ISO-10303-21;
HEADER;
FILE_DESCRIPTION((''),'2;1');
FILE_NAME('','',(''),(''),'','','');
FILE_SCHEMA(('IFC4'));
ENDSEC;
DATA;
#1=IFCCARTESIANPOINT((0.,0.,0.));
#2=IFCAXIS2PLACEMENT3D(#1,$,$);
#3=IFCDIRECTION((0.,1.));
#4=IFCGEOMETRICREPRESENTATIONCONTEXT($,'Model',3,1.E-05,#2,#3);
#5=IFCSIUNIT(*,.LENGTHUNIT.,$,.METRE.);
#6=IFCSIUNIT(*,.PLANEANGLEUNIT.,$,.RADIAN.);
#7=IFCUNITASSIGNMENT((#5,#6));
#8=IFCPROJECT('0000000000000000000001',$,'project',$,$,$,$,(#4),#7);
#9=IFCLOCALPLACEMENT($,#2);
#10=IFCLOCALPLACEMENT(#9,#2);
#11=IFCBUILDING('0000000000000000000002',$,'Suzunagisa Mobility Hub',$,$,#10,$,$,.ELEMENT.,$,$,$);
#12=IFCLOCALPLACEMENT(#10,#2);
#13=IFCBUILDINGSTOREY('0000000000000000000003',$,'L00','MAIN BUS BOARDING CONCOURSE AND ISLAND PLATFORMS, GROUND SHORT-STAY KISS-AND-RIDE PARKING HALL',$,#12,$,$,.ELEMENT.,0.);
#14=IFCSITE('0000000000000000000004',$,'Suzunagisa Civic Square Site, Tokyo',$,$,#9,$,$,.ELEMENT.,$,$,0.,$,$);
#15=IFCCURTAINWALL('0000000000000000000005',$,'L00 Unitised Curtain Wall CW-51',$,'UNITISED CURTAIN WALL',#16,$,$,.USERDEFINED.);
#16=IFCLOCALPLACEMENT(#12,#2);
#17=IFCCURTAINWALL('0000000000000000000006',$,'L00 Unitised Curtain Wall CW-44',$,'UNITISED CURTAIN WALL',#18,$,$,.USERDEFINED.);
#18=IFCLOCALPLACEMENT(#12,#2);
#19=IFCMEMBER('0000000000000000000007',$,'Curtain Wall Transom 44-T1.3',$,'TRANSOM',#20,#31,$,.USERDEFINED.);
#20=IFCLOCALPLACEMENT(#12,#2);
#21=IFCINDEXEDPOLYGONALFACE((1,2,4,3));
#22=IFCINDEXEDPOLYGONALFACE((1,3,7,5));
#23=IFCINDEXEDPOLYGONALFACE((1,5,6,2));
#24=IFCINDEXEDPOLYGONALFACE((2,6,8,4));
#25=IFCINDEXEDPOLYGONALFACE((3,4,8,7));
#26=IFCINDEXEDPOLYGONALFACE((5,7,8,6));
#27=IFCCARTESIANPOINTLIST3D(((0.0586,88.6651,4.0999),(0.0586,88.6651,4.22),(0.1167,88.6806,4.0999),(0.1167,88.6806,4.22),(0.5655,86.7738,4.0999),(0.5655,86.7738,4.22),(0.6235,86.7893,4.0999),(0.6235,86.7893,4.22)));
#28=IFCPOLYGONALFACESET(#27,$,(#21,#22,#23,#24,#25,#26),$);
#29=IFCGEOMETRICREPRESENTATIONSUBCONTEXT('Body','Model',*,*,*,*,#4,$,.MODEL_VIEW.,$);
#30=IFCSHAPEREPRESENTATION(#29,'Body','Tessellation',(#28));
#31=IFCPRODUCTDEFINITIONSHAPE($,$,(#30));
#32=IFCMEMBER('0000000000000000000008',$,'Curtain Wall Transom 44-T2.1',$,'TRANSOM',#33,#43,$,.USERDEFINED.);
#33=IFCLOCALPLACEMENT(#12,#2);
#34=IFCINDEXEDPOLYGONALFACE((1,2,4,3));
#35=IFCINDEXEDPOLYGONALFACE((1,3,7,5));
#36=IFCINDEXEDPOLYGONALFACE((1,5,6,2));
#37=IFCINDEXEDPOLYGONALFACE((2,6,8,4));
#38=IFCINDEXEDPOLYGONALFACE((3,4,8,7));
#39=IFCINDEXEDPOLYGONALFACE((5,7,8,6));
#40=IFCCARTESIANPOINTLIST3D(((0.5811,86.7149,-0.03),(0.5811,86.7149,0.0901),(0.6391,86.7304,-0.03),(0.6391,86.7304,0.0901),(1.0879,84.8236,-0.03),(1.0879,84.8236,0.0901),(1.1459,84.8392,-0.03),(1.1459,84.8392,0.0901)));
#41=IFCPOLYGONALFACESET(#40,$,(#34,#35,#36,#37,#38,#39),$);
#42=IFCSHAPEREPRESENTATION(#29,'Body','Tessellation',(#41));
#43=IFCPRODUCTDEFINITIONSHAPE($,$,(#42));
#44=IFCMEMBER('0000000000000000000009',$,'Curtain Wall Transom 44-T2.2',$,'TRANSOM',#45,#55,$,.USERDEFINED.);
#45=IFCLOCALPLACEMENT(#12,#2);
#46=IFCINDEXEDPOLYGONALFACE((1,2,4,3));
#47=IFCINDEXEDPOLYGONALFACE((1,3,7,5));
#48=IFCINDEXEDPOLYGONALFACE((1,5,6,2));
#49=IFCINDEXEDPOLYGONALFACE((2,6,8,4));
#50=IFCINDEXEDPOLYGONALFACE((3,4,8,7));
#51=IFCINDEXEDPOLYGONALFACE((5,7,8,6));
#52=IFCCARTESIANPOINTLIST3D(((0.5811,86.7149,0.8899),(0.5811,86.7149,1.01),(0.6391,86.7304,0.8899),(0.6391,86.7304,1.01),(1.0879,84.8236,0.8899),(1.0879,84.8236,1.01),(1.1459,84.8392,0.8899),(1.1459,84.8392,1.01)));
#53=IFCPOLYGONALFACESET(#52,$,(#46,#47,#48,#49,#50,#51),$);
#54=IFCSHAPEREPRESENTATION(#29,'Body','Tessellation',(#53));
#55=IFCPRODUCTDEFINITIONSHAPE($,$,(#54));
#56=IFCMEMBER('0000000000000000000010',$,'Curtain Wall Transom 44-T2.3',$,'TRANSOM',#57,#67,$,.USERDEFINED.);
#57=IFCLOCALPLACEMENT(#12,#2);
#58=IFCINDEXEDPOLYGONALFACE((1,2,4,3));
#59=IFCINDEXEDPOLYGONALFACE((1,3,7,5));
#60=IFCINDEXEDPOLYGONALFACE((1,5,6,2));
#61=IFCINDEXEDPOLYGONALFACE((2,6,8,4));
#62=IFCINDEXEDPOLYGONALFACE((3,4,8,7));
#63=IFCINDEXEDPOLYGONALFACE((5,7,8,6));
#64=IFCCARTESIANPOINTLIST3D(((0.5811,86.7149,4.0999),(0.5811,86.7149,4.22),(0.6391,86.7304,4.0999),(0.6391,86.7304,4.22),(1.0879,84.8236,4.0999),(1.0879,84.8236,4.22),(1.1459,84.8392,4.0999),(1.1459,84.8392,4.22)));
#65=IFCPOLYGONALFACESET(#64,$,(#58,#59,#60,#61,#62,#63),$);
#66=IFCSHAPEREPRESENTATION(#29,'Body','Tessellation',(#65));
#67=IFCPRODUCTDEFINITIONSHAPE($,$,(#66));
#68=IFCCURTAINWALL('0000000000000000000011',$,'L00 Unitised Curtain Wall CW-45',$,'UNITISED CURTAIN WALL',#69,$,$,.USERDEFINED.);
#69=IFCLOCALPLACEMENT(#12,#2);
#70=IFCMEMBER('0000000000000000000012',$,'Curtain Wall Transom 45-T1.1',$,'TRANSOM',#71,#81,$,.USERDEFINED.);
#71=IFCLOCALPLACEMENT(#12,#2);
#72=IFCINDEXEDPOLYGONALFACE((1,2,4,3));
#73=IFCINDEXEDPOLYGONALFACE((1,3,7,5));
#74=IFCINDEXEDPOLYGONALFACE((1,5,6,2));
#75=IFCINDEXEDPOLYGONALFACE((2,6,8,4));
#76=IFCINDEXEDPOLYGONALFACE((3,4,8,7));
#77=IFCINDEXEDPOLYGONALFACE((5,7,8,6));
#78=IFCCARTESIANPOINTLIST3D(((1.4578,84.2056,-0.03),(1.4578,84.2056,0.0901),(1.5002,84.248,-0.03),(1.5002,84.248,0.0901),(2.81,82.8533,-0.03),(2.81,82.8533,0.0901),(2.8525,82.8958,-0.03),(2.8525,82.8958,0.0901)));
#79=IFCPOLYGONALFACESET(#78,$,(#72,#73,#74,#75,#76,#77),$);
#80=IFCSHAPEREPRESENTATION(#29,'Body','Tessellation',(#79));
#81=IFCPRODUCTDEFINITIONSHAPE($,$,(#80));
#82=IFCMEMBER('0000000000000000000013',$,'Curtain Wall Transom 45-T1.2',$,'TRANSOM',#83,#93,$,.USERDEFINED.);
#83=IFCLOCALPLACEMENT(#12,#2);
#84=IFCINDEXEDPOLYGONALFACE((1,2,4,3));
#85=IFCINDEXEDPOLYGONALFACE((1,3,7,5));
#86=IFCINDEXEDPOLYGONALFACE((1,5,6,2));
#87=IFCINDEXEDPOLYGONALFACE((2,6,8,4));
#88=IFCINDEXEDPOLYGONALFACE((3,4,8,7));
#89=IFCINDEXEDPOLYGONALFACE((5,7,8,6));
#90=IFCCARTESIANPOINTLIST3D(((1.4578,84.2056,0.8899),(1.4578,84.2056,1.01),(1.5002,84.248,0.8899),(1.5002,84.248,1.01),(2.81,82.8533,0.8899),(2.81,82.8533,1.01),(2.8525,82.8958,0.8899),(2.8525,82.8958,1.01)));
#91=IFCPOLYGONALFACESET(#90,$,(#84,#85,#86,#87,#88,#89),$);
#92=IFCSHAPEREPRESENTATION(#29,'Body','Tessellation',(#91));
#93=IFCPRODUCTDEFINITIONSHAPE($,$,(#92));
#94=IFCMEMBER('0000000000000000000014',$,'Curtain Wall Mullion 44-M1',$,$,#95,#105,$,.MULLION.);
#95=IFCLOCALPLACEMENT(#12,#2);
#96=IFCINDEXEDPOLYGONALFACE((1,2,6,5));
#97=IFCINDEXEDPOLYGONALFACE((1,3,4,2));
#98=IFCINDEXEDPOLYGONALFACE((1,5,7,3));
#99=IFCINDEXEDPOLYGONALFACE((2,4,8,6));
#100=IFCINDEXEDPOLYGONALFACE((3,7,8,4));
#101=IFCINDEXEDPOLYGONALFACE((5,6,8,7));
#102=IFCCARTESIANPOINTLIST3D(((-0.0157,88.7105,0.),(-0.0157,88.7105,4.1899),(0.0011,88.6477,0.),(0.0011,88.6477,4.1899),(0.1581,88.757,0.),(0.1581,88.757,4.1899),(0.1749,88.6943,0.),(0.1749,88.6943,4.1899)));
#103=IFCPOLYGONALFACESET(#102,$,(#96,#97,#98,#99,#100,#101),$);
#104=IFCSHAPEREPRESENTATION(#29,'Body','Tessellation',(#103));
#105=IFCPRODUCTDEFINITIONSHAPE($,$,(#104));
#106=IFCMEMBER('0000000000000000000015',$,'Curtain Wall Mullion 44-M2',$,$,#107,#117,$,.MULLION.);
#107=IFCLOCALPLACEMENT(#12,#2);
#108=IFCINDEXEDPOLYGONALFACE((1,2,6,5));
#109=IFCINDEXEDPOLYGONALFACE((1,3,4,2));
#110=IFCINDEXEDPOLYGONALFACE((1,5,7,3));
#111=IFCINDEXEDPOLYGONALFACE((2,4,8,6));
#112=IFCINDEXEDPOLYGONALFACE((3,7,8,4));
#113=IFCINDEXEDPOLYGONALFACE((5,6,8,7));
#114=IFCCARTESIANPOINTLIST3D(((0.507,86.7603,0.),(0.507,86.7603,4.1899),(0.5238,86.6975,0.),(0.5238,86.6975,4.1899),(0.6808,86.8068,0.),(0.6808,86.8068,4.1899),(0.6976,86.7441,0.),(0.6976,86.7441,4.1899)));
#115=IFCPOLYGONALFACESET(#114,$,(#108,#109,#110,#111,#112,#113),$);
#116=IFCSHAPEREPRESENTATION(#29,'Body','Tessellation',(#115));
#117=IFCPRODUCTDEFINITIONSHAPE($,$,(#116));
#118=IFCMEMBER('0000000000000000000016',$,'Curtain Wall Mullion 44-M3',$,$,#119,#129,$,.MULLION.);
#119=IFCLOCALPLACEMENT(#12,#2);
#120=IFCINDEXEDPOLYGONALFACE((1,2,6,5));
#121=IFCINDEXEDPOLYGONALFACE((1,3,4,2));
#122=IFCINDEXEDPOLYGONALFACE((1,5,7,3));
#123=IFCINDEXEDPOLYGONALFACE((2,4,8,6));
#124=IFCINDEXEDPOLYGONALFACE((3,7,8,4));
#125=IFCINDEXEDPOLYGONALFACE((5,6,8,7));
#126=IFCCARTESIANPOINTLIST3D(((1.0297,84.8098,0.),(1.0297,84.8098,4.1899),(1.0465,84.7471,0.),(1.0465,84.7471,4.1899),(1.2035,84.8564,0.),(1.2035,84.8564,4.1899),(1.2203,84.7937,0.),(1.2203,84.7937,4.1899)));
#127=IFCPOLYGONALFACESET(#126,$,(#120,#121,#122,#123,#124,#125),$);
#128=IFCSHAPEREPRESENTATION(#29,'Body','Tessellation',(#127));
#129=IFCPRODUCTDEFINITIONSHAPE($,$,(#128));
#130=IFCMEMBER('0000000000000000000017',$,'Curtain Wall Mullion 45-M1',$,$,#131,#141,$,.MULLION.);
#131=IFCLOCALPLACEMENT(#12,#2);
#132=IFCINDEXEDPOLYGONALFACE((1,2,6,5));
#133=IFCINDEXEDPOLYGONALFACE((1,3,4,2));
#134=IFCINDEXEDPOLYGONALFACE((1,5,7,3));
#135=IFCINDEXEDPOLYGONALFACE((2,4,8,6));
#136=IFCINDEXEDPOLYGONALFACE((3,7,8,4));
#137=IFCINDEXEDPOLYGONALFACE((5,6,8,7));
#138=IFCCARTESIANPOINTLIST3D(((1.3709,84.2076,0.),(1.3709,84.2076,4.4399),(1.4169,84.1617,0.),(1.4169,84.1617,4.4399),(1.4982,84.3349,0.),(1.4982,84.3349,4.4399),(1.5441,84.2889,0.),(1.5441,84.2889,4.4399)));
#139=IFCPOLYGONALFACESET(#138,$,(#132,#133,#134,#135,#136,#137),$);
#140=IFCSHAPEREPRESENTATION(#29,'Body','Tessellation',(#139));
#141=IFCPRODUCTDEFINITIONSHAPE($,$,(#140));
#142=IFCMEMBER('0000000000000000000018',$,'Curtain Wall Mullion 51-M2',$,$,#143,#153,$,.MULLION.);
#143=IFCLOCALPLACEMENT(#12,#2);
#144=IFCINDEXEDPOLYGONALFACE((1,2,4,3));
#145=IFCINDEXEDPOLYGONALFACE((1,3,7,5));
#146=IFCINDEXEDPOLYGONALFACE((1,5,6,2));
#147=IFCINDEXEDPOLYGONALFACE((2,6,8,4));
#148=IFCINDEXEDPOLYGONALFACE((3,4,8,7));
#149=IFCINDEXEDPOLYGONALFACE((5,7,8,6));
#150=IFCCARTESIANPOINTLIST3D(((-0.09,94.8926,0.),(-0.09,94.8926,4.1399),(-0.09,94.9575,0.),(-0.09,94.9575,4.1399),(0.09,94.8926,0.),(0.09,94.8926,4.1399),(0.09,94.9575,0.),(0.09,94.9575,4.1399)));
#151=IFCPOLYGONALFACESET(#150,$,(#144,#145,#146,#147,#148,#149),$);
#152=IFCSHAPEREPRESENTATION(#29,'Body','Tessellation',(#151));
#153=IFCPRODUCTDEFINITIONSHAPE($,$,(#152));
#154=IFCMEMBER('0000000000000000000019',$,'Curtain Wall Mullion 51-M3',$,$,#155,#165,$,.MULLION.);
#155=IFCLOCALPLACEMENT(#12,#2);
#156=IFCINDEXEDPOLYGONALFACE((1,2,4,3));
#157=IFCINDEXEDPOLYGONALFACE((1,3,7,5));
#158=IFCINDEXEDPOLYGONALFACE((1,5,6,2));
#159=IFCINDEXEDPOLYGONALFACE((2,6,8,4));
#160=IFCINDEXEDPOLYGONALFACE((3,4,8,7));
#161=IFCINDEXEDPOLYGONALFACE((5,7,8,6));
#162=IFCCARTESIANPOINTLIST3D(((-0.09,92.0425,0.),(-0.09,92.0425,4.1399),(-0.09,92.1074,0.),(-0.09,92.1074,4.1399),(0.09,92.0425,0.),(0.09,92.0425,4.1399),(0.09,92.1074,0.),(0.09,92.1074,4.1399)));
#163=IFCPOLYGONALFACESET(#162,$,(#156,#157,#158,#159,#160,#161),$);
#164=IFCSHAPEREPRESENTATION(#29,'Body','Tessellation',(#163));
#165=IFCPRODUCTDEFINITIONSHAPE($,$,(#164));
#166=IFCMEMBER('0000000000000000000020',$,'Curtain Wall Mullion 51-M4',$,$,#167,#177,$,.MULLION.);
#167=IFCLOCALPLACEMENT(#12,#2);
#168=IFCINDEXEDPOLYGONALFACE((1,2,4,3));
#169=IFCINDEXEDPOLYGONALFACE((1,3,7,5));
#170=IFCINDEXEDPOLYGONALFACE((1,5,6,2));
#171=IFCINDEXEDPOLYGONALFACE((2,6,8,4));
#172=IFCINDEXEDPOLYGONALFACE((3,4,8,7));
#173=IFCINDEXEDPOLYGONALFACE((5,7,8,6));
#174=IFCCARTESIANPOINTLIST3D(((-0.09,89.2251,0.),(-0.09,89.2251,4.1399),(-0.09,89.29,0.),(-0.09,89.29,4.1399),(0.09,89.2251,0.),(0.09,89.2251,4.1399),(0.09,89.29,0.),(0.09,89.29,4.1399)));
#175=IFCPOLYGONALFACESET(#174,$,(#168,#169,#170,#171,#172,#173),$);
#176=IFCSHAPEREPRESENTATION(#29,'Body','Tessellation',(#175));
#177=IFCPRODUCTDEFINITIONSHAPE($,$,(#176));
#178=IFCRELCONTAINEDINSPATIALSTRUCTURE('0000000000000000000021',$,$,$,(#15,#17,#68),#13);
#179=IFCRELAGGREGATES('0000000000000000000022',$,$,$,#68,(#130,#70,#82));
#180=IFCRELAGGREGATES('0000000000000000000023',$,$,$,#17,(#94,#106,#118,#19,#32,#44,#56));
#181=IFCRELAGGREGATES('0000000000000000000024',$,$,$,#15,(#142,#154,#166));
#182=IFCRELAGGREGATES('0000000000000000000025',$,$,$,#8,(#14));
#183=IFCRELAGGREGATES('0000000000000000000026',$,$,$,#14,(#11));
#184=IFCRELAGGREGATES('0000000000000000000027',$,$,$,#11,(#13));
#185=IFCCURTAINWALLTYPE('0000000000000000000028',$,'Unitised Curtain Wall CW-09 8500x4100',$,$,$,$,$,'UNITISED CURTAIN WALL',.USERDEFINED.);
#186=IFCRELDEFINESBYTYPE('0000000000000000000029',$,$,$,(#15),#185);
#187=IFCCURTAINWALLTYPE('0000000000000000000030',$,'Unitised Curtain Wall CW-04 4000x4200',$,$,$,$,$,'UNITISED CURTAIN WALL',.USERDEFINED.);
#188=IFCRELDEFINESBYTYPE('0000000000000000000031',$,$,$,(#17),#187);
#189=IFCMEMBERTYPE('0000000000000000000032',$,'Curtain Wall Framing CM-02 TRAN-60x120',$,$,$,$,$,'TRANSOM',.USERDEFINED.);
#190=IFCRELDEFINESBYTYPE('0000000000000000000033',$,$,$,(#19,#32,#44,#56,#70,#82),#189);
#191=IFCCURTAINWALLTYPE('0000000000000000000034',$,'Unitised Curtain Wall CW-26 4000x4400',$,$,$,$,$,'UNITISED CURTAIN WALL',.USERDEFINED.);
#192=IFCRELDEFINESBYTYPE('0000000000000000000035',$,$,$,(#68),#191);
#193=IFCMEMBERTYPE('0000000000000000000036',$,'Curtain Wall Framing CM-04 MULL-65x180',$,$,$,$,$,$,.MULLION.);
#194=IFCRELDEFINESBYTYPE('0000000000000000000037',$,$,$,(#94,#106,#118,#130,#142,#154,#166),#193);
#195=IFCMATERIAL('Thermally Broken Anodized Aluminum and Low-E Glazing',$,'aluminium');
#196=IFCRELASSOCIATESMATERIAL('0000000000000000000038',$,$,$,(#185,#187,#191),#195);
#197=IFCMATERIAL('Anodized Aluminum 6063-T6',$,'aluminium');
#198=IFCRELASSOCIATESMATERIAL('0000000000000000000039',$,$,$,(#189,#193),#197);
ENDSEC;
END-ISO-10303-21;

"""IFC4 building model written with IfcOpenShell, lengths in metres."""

from ifc_helpers import new_model, si_unit, direction, frame, origin, origin_2d, place, context, subcontext, project, spatial, rectangle, extrude, material, material_profile, profile_set, type_object, element, aggregate, save


model = new_model("IFC4")

# Units and contexts
model_context = context("Model", 3, precision=1e-05, world=origin(), true_north=direction((0.0, 1.0)))
body_context = subcontext(model_context, "Body", "Model", "MODEL_VIEW")
ifc_project = project(units=[si_unit("LENGTHUNIT", "METRE"), si_unit("PLANEANGLEUNIT", "RADIAN")], contexts=[model_context])

# Site, building, storey
site_placement = place(None, origin())
site = spatial("IfcSite", under=ifc_project, at=site_placement, Name="Suzunagisa Civic Square Site, Tokyo", CompositionType="ELEMENT", RefElevation=0.0)
building_placement = place(site_placement, origin())
building = spatial("IfcBuilding", under=site, at=building_placement, Name="Suzunagisa Mobility Hub", CompositionType="ELEMENT")
storey_placement = place(building_placement, origin())
storey = spatial("IfcBuildingStorey", under=building, at=storey_placement, Name="L00", Description="MAIN BUS BOARDING CONCOURSE AND ISLAND PLATFORMS, GROUND SHORT-STAY KISS-AND-RIDE PARKING HALL", CompositionType="ELEMENT", Elevation=0.0)

# Curtain walls, members
ifc_material_1 = material(Name="Thermally Broken Anodized Aluminum and Low-E Glazing", Category="aluminium")
curtain_wall_type_1 = type_object("IfcCurtainWallType", Name="Unitised Curtain Wall CW-09 8500x4100", ElementType="UNITISED CURTAIN WALL", PredefinedType="USERDEFINED", material=ifc_material_1)
curtain_wall_1_placement = place(storey_placement, origin())
curtain_wall_1 = element("IfcCurtainWall", 1, at=curtain_wall_1_placement, inside=storey, type_object=curtain_wall_type_1, Name="L00 Unitised Curtain Wall CW-51", ObjectType="UNITISED CURTAIN WALL", PredefinedType="USERDEFINED")
ifc_material_2 = material(Name="Anodized Aluminum 6063-T6", Category="aluminium")
curtain_wall_type_2 = type_object("IfcCurtainWallType", Name="Unitised Curtain Wall CW-04 4000x4200", ElementType="UNITISED CURTAIN WALL", PredefinedType="USERDEFINED", material=ifc_material_1)
curtain_wall_2_placement = place(storey_placement, origin())
curtain_wall_2 = element("IfcCurtainWall", 2, at=curtain_wall_2_placement, inside=storey, type_object=curtain_wall_type_2, Name="L00 Unitised Curtain Wall CW-44", ObjectType="UNITISED CURTAIN WALL", PredefinedType="USERDEFINED")
ifc_material_profile_1 = material_profile(ifc_material_2, rectangle(XDim=0.0601, YDim=0.1201, at=origin_2d()), Name="TRAN-60x120")
ifc_profile_set_1 = profile_set([ifc_material_profile_1], Name="Anodized Aluminum 6063-T6")
member_type_1 = type_object("IfcMemberType", Name="Curtain Wall Framing CM-02 TRAN-60x120", ElementType="TRANSOM", PredefinedType="USERDEFINED", material=ifc_profile_set_1)
member_1_placement = place(storey_placement, frame((0.0876, 88.6729, 4.1599), z_axis=(0.258842, -0.96592, 0.0), x_axis=(0.96592, 0.258842, 0.0)))
member_1 = element("IfcMember", 3, at=member_1_placement, type_object=member_type_1, Name="Curtain Wall Transom 44-T1.3", ObjectType="TRANSOM", PredefinedType="USERDEFINED", context=body_context, shape_type="SweptSolid", body=[
    extrude(rectangle(XDim=0.0601, YDim=0.1201, at=origin_2d()), origin(), (0.0, 0.0, 1.0), 1.958),
])
member_2_placement = place(storey_placement, frame((0.6101, 86.7227, 0.03), z_axis=(0.258842, -0.96592, 0.0), x_axis=(0.96592, 0.258842, 0.0)))
member_2 = element("IfcMember", 4, at=member_2_placement, type_object=member_type_1, Name="Curtain Wall Transom 44-T2.1", ObjectType="TRANSOM", PredefinedType="USERDEFINED", context=body_context, shape_type="SweptSolid", body=[
    extrude(rectangle(XDim=0.0601, YDim=0.1201, at=origin_2d()), origin(), (0.0, 0.0, 1.0), 1.958),
])
member_3_placement = place(storey_placement, frame((0.6101, 86.7227, 0.95), z_axis=(0.258842, -0.96592, 0.0), x_axis=(0.96592, 0.258842, 0.0)))
member_3 = element("IfcMember", 5, at=member_3_placement, type_object=member_type_1, Name="Curtain Wall Transom 44-T2.2", ObjectType="TRANSOM", PredefinedType="USERDEFINED", context=body_context, shape_type="SweptSolid", body=[
    extrude(rectangle(XDim=0.0601, YDim=0.1201, at=origin_2d()), origin(), (0.0, 0.0, 1.0), 1.958),
])
member_4_placement = place(storey_placement, frame((0.6101, 86.7227, 4.1599), z_axis=(0.258842, -0.96592, 0.0), x_axis=(0.96592, 0.258842, 0.0)))
member_4 = element("IfcMember", 6, at=member_4_placement, type_object=member_type_1, Name="Curtain Wall Transom 44-T2.3", ObjectType="TRANSOM", PredefinedType="USERDEFINED", context=body_context, shape_type="SweptSolid", body=[
    extrude(rectangle(XDim=0.0601, YDim=0.1201, at=origin_2d()), origin(), (0.0, 0.0, 1.0), 1.958),
])
curtain_wall_type_3 = type_object("IfcCurtainWallType", Name="Unitised Curtain Wall CW-26 4000x4400", ElementType="UNITISED CURTAIN WALL", PredefinedType="USERDEFINED", material=ifc_material_1)
curtain_wall_3_placement = place(storey_placement, origin())
curtain_wall_3 = element("IfcCurtainWall", 7, at=curtain_wall_3_placement, inside=storey, type_object=curtain_wall_type_3, Name="L00 Unitised Curtain Wall CW-45", ObjectType="UNITISED CURTAIN WALL", PredefinedType="USERDEFINED")
member_5_placement = place(storey_placement, frame((1.479, 84.2268, 0.03), z_axis=(0.707107, -0.707107, 0.0), x_axis=(0.707107, 0.707107, 0.0)))
member_5 = element("IfcMember", 8, at=member_5_placement, type_object=member_type_1, Name="Curtain Wall Transom 45-T1.1", ObjectType="TRANSOM", PredefinedType="USERDEFINED", context=body_context, shape_type="SweptSolid", body=[
    extrude(rectangle(XDim=0.0601, YDim=0.1201, at=origin_2d()), origin(), (0.0, 0.0, 1.0), 1.9124),
])
member_6_placement = place(storey_placement, frame((1.479, 84.2268, 0.95), z_axis=(0.707107, -0.707107, 0.0), x_axis=(0.707107, 0.707107, 0.0)))
member_6 = element("IfcMember", 9, at=member_6_placement, type_object=member_type_1, Name="Curtain Wall Transom 45-T1.2", ObjectType="TRANSOM", PredefinedType="USERDEFINED", context=body_context, shape_type="SweptSolid", body=[
    extrude(rectangle(XDim=0.0601, YDim=0.1201, at=origin_2d()), origin(), (0.0, 0.0, 1.0), 1.9124),
])

# Members
ifc_material_profile_2 = material_profile(ifc_material_2, rectangle(XDim=0.0649, YDim=0.1799, at=origin_2d()), Name="MULL-65x180")
ifc_profile_set_2 = profile_set([ifc_material_profile_2], Name="Anodized Aluminum 6063-T6")
member_type_2 = type_object("IfcMemberType", Name="Curtain Wall Framing CM-04 MULL-65x180", PredefinedType="MULLION", material=ifc_profile_set_2)
member_7_placement = place(storey_placement, frame((0.0796, 88.7024, 0.0), z_axis=(0.0, 0.0, 1.0), x_axis=(0.258821, -0.965925, 0.0)))
member_7 = element("IfcMember", 10, at=member_7_placement, type_object=member_type_2, Name="Curtain Wall Mullion 44-M1", PredefinedType="MULLION", context=body_context, shape_type="SweptSolid", body=[
    extrude(rectangle(XDim=0.0649, YDim=0.1799, at=origin_2d()), origin(), (0.0, 0.0, 1.0), 4.1899),
])
member_8_placement = place(storey_placement, frame((0.6023, 86.7522, 0.0), z_axis=(0.0, 0.0, 1.0), x_axis=(0.258821, -0.965925, 0.0)))
member_8 = element("IfcMember", 11, at=member_8_placement, type_object=member_type_2, Name="Curtain Wall Mullion 44-M2", PredefinedType="MULLION", context=body_context, shape_type="SweptSolid", body=[
    extrude(rectangle(XDim=0.0649, YDim=0.1799, at=origin_2d()), origin(), (0.0, 0.0, 1.0), 4.1899),
])
member_9_placement = place(storey_placement, frame((1.125, 84.8018, 0.0), z_axis=(0.0, 0.0, 1.0), x_axis=(0.258821, -0.965925, 0.0)))
member_9 = element("IfcMember", 12, at=member_9_placement, type_object=member_type_2, Name="Curtain Wall Mullion 44-M3", PredefinedType="MULLION", context=body_context, shape_type="SweptSolid", body=[
    extrude(rectangle(XDim=0.0649, YDim=0.1799, at=origin_2d()), origin(), (0.0, 0.0, 1.0), 4.1899),
])
member_10_placement = place(storey_placement, frame((1.4575, 84.2483, 0.0), z_axis=(0.0, 0.0, 1.0), x_axis=(0.707107, -0.707107, 0.0)))
member_10 = element("IfcMember", 13, at=member_10_placement, type_object=member_type_2, Name="Curtain Wall Mullion 45-M1", PredefinedType="MULLION", context=body_context, shape_type="SweptSolid", body=[
    extrude(rectangle(XDim=0.0649, YDim=0.1799, at=origin_2d()), origin(), (0.0, 0.0, 1.0), 4.4399),
])
aggregate(curtain_wall_3, [member_10, member_5, member_6])
member_11_placement = place(storey_placement, frame((0.0, 94.925, 0.0), z_axis=(0.0, 0.0, 1.0), x_axis=(0.0, -1.0, 0.0)))
member_11 = element("IfcMember", 14, at=member_11_placement, type_object=member_type_2, Name="Curtain Wall Mullion 51-M2", PredefinedType="MULLION", context=body_context, shape_type="SweptSolid", body=[
    extrude(rectangle(XDim=0.0649, YDim=0.1799, at=origin_2d()), origin(), (0.0, 0.0, 1.0), 4.1399),
])
member_12_placement = place(storey_placement, frame((0.0, 92.075, 0.0), z_axis=(0.0, 0.0, 1.0), x_axis=(0.0, -1.0, 0.0)))
member_12 = element("IfcMember", 15, at=member_12_placement, type_object=member_type_2, Name="Curtain Wall Mullion 51-M3", PredefinedType="MULLION", context=body_context, shape_type="SweptSolid", body=[
    extrude(rectangle(XDim=0.0649, YDim=0.1799, at=origin_2d()), origin(), (0.0, 0.0, 1.0), 4.1399),
])
member_13_placement = place(storey_placement, frame((0.0, 89.2576, 0.0), z_axis=(0.0, 0.0, 1.0), x_axis=(0.0, -1.0, 0.0)))
member_13 = element("IfcMember", 16, at=member_13_placement, type_object=member_type_2, Name="Curtain Wall Mullion 51-M4", PredefinedType="MULLION", context=body_context, shape_type="SweptSolid", body=[
    extrude(rectangle(XDim=0.0649, YDim=0.1799, at=origin_2d()), origin(), (0.0, 0.0, 1.0), 4.1399),
])

aggregate(curtain_wall_2, [member_7, member_8, member_9, member_1, member_2, member_3, member_4])
aggregate(curtain_wall_1, [member_11, member_12, member_13])

save(model, "model.ifc")
